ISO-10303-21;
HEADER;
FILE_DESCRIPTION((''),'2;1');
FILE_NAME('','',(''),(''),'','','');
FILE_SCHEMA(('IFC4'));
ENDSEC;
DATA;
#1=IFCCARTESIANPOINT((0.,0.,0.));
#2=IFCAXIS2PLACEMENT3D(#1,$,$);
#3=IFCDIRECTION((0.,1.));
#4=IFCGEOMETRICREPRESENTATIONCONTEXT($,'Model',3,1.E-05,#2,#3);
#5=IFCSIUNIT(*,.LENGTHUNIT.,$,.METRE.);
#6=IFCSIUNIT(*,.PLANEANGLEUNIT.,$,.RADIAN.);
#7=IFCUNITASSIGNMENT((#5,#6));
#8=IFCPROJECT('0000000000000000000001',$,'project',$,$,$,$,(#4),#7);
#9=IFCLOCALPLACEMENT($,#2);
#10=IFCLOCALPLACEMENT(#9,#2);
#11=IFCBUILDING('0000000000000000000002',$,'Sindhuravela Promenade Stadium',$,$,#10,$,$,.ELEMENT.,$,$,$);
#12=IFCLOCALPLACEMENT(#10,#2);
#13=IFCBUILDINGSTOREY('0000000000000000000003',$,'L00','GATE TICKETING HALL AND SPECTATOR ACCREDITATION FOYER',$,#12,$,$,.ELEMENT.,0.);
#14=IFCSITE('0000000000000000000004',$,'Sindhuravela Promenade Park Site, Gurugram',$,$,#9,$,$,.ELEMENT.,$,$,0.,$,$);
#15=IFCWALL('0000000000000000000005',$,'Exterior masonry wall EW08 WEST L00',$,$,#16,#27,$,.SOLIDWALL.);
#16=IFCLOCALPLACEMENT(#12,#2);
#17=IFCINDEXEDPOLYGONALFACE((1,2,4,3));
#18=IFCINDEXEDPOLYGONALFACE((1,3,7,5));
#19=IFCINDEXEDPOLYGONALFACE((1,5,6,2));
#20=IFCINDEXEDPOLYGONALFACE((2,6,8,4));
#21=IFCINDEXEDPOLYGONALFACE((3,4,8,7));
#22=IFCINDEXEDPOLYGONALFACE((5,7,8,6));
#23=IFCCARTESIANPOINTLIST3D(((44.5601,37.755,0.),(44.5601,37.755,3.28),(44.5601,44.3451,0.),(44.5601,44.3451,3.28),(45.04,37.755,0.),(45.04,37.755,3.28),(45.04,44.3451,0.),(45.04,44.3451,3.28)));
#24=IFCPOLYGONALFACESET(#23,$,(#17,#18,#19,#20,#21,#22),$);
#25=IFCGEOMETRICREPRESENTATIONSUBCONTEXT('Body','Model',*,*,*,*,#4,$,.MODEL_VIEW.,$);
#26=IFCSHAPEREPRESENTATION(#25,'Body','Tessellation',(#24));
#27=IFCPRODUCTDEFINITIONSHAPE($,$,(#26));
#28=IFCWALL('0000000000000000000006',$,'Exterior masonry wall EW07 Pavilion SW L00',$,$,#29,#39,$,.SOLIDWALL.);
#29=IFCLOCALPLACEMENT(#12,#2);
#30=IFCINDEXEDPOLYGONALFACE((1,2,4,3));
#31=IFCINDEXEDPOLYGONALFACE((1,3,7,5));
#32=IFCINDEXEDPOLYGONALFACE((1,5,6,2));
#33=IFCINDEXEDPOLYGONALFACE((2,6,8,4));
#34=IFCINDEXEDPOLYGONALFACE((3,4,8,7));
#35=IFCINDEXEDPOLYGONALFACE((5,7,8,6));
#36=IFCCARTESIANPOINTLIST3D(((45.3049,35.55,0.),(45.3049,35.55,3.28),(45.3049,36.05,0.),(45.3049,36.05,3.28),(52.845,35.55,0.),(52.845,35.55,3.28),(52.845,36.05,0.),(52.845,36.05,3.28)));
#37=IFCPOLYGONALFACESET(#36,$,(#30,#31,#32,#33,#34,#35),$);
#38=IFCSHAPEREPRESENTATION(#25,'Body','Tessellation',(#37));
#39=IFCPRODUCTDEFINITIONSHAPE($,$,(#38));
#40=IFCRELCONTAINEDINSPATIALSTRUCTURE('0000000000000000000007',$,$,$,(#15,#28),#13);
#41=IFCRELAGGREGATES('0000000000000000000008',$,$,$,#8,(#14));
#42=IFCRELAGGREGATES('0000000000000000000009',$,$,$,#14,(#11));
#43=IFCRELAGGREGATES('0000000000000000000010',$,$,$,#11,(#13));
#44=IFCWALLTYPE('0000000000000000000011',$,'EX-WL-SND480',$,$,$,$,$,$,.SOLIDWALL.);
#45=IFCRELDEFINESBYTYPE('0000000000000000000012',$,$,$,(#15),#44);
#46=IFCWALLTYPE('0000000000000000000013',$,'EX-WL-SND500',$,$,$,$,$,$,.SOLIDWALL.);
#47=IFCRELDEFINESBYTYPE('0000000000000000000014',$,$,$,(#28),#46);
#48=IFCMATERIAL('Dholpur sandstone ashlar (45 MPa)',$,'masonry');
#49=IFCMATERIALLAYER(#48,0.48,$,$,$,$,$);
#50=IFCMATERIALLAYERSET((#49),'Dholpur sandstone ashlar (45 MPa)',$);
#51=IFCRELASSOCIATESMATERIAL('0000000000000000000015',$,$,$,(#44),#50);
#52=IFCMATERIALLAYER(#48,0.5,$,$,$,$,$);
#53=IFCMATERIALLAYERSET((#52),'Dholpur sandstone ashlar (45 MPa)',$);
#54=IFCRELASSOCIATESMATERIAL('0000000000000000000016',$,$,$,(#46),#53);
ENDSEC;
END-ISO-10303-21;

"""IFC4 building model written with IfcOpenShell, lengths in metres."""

from ifc_helpers import new_model, si_unit, direction, frame, frame_2d, origin, place, context, subcontext, project, spatial, rectangle, extrude, material, layer, layer_set, type_object, element, save


model = new_model("IFC4")

# Units and contexts
model_context = context("Model", 3, precision=1e-05, world=origin(), true_north=direction((0.0, 1.0)))
body_context = subcontext(model_context, "Body", "Model", "MODEL_VIEW")
ifc_project = project(units=[si_unit("LENGTHUNIT", "METRE"), si_unit("PLANEANGLEUNIT", "RADIAN")], contexts=[model_context])

# Site, building, storey
site_placement = place(None, origin())
site = spatial("IfcSite", under=ifc_project, at=site_placement, Name="Sindhuravela Promenade Park Site, Gurugram", CompositionType="ELEMENT", RefElevation=0.0)
building_placement = place(site_placement, origin())
building = spatial("IfcBuilding", under=site, at=building_placement, Name="Sindhuravela Promenade Stadium", CompositionType="ELEMENT")
storey_placement = place(building_placement, origin())
storey = spatial("IfcBuildingStorey", under=building, at=storey_placement, Name="L00", Description="GATE TICKETING HALL AND SPECTATOR ACCREDITATION FOYER", CompositionType="ELEMENT", Elevation=0.0)

# Walls
ifc_material_1 = material(Name="Dholpur sandstone ashlar (45 MPa)", Category="masonry")
ifc_layer_1 = layer(ifc_material_1, 0.48)
ifc_layer_set_1 = layer_set([ifc_layer_1], Name="Dholpur sandstone ashlar (45 MPa)")
wall_type_1 = type_object("IfcWallType", Name="EX-WL-SND480", PredefinedType="SOLIDWALL", material=ifc_layer_set_1)
wall_1_placement = place(storey_placement, frame((44.8, 44.345, 0.0), z_axis=(0.0, 0.0, 1.0), x_axis=(0.0, -1.0, 0.0)))
element("IfcWall", 1, at=wall_1_placement, inside=storey, type_object=wall_type_1, Name="Exterior masonry wall EW08 WEST L00", PredefinedType="SOLIDWALL", context=body_context, shape_type="SweptSolid", body=[
    extrude(rectangle(XDim=6.5901, YDim=0.48, at=frame_2d((3.2949, 0.0))), origin(), (0.0, 0.0, 1.0), 3.28),
])
ifc_layer_2 = layer(ifc_material_1, 0.5)
ifc_layer_set_2 = layer_set([ifc_layer_2], Name="Dholpur sandstone ashlar (45 MPa)")
wall_type_2 = type_object("IfcWallType", Name="EX-WL-SND500", PredefinedType="SOLIDWALL", material=ifc_layer_set_2)
wall_2_placement = place(storey_placement, frame((45.3049, 35.8, 0.0), z_axis=(0.0, 0.0, 1.0), x_axis=(1.0, 0.0, 0.0)))
element("IfcWall", 2, at=wall_2_placement, inside=storey, type_object=wall_type_2, Name="Exterior masonry wall EW07 Pavilion SW L00", PredefinedType="SOLIDWALL", context=body_context, shape_type="SweptSolid", body=[
    extrude(rectangle(XDim=7.54, YDim=0.5, at=frame_2d((3.77, 0.0))), origin(), (0.0, 0.0, 1.0), 3.28),
])

save(model, "model.ifc")
